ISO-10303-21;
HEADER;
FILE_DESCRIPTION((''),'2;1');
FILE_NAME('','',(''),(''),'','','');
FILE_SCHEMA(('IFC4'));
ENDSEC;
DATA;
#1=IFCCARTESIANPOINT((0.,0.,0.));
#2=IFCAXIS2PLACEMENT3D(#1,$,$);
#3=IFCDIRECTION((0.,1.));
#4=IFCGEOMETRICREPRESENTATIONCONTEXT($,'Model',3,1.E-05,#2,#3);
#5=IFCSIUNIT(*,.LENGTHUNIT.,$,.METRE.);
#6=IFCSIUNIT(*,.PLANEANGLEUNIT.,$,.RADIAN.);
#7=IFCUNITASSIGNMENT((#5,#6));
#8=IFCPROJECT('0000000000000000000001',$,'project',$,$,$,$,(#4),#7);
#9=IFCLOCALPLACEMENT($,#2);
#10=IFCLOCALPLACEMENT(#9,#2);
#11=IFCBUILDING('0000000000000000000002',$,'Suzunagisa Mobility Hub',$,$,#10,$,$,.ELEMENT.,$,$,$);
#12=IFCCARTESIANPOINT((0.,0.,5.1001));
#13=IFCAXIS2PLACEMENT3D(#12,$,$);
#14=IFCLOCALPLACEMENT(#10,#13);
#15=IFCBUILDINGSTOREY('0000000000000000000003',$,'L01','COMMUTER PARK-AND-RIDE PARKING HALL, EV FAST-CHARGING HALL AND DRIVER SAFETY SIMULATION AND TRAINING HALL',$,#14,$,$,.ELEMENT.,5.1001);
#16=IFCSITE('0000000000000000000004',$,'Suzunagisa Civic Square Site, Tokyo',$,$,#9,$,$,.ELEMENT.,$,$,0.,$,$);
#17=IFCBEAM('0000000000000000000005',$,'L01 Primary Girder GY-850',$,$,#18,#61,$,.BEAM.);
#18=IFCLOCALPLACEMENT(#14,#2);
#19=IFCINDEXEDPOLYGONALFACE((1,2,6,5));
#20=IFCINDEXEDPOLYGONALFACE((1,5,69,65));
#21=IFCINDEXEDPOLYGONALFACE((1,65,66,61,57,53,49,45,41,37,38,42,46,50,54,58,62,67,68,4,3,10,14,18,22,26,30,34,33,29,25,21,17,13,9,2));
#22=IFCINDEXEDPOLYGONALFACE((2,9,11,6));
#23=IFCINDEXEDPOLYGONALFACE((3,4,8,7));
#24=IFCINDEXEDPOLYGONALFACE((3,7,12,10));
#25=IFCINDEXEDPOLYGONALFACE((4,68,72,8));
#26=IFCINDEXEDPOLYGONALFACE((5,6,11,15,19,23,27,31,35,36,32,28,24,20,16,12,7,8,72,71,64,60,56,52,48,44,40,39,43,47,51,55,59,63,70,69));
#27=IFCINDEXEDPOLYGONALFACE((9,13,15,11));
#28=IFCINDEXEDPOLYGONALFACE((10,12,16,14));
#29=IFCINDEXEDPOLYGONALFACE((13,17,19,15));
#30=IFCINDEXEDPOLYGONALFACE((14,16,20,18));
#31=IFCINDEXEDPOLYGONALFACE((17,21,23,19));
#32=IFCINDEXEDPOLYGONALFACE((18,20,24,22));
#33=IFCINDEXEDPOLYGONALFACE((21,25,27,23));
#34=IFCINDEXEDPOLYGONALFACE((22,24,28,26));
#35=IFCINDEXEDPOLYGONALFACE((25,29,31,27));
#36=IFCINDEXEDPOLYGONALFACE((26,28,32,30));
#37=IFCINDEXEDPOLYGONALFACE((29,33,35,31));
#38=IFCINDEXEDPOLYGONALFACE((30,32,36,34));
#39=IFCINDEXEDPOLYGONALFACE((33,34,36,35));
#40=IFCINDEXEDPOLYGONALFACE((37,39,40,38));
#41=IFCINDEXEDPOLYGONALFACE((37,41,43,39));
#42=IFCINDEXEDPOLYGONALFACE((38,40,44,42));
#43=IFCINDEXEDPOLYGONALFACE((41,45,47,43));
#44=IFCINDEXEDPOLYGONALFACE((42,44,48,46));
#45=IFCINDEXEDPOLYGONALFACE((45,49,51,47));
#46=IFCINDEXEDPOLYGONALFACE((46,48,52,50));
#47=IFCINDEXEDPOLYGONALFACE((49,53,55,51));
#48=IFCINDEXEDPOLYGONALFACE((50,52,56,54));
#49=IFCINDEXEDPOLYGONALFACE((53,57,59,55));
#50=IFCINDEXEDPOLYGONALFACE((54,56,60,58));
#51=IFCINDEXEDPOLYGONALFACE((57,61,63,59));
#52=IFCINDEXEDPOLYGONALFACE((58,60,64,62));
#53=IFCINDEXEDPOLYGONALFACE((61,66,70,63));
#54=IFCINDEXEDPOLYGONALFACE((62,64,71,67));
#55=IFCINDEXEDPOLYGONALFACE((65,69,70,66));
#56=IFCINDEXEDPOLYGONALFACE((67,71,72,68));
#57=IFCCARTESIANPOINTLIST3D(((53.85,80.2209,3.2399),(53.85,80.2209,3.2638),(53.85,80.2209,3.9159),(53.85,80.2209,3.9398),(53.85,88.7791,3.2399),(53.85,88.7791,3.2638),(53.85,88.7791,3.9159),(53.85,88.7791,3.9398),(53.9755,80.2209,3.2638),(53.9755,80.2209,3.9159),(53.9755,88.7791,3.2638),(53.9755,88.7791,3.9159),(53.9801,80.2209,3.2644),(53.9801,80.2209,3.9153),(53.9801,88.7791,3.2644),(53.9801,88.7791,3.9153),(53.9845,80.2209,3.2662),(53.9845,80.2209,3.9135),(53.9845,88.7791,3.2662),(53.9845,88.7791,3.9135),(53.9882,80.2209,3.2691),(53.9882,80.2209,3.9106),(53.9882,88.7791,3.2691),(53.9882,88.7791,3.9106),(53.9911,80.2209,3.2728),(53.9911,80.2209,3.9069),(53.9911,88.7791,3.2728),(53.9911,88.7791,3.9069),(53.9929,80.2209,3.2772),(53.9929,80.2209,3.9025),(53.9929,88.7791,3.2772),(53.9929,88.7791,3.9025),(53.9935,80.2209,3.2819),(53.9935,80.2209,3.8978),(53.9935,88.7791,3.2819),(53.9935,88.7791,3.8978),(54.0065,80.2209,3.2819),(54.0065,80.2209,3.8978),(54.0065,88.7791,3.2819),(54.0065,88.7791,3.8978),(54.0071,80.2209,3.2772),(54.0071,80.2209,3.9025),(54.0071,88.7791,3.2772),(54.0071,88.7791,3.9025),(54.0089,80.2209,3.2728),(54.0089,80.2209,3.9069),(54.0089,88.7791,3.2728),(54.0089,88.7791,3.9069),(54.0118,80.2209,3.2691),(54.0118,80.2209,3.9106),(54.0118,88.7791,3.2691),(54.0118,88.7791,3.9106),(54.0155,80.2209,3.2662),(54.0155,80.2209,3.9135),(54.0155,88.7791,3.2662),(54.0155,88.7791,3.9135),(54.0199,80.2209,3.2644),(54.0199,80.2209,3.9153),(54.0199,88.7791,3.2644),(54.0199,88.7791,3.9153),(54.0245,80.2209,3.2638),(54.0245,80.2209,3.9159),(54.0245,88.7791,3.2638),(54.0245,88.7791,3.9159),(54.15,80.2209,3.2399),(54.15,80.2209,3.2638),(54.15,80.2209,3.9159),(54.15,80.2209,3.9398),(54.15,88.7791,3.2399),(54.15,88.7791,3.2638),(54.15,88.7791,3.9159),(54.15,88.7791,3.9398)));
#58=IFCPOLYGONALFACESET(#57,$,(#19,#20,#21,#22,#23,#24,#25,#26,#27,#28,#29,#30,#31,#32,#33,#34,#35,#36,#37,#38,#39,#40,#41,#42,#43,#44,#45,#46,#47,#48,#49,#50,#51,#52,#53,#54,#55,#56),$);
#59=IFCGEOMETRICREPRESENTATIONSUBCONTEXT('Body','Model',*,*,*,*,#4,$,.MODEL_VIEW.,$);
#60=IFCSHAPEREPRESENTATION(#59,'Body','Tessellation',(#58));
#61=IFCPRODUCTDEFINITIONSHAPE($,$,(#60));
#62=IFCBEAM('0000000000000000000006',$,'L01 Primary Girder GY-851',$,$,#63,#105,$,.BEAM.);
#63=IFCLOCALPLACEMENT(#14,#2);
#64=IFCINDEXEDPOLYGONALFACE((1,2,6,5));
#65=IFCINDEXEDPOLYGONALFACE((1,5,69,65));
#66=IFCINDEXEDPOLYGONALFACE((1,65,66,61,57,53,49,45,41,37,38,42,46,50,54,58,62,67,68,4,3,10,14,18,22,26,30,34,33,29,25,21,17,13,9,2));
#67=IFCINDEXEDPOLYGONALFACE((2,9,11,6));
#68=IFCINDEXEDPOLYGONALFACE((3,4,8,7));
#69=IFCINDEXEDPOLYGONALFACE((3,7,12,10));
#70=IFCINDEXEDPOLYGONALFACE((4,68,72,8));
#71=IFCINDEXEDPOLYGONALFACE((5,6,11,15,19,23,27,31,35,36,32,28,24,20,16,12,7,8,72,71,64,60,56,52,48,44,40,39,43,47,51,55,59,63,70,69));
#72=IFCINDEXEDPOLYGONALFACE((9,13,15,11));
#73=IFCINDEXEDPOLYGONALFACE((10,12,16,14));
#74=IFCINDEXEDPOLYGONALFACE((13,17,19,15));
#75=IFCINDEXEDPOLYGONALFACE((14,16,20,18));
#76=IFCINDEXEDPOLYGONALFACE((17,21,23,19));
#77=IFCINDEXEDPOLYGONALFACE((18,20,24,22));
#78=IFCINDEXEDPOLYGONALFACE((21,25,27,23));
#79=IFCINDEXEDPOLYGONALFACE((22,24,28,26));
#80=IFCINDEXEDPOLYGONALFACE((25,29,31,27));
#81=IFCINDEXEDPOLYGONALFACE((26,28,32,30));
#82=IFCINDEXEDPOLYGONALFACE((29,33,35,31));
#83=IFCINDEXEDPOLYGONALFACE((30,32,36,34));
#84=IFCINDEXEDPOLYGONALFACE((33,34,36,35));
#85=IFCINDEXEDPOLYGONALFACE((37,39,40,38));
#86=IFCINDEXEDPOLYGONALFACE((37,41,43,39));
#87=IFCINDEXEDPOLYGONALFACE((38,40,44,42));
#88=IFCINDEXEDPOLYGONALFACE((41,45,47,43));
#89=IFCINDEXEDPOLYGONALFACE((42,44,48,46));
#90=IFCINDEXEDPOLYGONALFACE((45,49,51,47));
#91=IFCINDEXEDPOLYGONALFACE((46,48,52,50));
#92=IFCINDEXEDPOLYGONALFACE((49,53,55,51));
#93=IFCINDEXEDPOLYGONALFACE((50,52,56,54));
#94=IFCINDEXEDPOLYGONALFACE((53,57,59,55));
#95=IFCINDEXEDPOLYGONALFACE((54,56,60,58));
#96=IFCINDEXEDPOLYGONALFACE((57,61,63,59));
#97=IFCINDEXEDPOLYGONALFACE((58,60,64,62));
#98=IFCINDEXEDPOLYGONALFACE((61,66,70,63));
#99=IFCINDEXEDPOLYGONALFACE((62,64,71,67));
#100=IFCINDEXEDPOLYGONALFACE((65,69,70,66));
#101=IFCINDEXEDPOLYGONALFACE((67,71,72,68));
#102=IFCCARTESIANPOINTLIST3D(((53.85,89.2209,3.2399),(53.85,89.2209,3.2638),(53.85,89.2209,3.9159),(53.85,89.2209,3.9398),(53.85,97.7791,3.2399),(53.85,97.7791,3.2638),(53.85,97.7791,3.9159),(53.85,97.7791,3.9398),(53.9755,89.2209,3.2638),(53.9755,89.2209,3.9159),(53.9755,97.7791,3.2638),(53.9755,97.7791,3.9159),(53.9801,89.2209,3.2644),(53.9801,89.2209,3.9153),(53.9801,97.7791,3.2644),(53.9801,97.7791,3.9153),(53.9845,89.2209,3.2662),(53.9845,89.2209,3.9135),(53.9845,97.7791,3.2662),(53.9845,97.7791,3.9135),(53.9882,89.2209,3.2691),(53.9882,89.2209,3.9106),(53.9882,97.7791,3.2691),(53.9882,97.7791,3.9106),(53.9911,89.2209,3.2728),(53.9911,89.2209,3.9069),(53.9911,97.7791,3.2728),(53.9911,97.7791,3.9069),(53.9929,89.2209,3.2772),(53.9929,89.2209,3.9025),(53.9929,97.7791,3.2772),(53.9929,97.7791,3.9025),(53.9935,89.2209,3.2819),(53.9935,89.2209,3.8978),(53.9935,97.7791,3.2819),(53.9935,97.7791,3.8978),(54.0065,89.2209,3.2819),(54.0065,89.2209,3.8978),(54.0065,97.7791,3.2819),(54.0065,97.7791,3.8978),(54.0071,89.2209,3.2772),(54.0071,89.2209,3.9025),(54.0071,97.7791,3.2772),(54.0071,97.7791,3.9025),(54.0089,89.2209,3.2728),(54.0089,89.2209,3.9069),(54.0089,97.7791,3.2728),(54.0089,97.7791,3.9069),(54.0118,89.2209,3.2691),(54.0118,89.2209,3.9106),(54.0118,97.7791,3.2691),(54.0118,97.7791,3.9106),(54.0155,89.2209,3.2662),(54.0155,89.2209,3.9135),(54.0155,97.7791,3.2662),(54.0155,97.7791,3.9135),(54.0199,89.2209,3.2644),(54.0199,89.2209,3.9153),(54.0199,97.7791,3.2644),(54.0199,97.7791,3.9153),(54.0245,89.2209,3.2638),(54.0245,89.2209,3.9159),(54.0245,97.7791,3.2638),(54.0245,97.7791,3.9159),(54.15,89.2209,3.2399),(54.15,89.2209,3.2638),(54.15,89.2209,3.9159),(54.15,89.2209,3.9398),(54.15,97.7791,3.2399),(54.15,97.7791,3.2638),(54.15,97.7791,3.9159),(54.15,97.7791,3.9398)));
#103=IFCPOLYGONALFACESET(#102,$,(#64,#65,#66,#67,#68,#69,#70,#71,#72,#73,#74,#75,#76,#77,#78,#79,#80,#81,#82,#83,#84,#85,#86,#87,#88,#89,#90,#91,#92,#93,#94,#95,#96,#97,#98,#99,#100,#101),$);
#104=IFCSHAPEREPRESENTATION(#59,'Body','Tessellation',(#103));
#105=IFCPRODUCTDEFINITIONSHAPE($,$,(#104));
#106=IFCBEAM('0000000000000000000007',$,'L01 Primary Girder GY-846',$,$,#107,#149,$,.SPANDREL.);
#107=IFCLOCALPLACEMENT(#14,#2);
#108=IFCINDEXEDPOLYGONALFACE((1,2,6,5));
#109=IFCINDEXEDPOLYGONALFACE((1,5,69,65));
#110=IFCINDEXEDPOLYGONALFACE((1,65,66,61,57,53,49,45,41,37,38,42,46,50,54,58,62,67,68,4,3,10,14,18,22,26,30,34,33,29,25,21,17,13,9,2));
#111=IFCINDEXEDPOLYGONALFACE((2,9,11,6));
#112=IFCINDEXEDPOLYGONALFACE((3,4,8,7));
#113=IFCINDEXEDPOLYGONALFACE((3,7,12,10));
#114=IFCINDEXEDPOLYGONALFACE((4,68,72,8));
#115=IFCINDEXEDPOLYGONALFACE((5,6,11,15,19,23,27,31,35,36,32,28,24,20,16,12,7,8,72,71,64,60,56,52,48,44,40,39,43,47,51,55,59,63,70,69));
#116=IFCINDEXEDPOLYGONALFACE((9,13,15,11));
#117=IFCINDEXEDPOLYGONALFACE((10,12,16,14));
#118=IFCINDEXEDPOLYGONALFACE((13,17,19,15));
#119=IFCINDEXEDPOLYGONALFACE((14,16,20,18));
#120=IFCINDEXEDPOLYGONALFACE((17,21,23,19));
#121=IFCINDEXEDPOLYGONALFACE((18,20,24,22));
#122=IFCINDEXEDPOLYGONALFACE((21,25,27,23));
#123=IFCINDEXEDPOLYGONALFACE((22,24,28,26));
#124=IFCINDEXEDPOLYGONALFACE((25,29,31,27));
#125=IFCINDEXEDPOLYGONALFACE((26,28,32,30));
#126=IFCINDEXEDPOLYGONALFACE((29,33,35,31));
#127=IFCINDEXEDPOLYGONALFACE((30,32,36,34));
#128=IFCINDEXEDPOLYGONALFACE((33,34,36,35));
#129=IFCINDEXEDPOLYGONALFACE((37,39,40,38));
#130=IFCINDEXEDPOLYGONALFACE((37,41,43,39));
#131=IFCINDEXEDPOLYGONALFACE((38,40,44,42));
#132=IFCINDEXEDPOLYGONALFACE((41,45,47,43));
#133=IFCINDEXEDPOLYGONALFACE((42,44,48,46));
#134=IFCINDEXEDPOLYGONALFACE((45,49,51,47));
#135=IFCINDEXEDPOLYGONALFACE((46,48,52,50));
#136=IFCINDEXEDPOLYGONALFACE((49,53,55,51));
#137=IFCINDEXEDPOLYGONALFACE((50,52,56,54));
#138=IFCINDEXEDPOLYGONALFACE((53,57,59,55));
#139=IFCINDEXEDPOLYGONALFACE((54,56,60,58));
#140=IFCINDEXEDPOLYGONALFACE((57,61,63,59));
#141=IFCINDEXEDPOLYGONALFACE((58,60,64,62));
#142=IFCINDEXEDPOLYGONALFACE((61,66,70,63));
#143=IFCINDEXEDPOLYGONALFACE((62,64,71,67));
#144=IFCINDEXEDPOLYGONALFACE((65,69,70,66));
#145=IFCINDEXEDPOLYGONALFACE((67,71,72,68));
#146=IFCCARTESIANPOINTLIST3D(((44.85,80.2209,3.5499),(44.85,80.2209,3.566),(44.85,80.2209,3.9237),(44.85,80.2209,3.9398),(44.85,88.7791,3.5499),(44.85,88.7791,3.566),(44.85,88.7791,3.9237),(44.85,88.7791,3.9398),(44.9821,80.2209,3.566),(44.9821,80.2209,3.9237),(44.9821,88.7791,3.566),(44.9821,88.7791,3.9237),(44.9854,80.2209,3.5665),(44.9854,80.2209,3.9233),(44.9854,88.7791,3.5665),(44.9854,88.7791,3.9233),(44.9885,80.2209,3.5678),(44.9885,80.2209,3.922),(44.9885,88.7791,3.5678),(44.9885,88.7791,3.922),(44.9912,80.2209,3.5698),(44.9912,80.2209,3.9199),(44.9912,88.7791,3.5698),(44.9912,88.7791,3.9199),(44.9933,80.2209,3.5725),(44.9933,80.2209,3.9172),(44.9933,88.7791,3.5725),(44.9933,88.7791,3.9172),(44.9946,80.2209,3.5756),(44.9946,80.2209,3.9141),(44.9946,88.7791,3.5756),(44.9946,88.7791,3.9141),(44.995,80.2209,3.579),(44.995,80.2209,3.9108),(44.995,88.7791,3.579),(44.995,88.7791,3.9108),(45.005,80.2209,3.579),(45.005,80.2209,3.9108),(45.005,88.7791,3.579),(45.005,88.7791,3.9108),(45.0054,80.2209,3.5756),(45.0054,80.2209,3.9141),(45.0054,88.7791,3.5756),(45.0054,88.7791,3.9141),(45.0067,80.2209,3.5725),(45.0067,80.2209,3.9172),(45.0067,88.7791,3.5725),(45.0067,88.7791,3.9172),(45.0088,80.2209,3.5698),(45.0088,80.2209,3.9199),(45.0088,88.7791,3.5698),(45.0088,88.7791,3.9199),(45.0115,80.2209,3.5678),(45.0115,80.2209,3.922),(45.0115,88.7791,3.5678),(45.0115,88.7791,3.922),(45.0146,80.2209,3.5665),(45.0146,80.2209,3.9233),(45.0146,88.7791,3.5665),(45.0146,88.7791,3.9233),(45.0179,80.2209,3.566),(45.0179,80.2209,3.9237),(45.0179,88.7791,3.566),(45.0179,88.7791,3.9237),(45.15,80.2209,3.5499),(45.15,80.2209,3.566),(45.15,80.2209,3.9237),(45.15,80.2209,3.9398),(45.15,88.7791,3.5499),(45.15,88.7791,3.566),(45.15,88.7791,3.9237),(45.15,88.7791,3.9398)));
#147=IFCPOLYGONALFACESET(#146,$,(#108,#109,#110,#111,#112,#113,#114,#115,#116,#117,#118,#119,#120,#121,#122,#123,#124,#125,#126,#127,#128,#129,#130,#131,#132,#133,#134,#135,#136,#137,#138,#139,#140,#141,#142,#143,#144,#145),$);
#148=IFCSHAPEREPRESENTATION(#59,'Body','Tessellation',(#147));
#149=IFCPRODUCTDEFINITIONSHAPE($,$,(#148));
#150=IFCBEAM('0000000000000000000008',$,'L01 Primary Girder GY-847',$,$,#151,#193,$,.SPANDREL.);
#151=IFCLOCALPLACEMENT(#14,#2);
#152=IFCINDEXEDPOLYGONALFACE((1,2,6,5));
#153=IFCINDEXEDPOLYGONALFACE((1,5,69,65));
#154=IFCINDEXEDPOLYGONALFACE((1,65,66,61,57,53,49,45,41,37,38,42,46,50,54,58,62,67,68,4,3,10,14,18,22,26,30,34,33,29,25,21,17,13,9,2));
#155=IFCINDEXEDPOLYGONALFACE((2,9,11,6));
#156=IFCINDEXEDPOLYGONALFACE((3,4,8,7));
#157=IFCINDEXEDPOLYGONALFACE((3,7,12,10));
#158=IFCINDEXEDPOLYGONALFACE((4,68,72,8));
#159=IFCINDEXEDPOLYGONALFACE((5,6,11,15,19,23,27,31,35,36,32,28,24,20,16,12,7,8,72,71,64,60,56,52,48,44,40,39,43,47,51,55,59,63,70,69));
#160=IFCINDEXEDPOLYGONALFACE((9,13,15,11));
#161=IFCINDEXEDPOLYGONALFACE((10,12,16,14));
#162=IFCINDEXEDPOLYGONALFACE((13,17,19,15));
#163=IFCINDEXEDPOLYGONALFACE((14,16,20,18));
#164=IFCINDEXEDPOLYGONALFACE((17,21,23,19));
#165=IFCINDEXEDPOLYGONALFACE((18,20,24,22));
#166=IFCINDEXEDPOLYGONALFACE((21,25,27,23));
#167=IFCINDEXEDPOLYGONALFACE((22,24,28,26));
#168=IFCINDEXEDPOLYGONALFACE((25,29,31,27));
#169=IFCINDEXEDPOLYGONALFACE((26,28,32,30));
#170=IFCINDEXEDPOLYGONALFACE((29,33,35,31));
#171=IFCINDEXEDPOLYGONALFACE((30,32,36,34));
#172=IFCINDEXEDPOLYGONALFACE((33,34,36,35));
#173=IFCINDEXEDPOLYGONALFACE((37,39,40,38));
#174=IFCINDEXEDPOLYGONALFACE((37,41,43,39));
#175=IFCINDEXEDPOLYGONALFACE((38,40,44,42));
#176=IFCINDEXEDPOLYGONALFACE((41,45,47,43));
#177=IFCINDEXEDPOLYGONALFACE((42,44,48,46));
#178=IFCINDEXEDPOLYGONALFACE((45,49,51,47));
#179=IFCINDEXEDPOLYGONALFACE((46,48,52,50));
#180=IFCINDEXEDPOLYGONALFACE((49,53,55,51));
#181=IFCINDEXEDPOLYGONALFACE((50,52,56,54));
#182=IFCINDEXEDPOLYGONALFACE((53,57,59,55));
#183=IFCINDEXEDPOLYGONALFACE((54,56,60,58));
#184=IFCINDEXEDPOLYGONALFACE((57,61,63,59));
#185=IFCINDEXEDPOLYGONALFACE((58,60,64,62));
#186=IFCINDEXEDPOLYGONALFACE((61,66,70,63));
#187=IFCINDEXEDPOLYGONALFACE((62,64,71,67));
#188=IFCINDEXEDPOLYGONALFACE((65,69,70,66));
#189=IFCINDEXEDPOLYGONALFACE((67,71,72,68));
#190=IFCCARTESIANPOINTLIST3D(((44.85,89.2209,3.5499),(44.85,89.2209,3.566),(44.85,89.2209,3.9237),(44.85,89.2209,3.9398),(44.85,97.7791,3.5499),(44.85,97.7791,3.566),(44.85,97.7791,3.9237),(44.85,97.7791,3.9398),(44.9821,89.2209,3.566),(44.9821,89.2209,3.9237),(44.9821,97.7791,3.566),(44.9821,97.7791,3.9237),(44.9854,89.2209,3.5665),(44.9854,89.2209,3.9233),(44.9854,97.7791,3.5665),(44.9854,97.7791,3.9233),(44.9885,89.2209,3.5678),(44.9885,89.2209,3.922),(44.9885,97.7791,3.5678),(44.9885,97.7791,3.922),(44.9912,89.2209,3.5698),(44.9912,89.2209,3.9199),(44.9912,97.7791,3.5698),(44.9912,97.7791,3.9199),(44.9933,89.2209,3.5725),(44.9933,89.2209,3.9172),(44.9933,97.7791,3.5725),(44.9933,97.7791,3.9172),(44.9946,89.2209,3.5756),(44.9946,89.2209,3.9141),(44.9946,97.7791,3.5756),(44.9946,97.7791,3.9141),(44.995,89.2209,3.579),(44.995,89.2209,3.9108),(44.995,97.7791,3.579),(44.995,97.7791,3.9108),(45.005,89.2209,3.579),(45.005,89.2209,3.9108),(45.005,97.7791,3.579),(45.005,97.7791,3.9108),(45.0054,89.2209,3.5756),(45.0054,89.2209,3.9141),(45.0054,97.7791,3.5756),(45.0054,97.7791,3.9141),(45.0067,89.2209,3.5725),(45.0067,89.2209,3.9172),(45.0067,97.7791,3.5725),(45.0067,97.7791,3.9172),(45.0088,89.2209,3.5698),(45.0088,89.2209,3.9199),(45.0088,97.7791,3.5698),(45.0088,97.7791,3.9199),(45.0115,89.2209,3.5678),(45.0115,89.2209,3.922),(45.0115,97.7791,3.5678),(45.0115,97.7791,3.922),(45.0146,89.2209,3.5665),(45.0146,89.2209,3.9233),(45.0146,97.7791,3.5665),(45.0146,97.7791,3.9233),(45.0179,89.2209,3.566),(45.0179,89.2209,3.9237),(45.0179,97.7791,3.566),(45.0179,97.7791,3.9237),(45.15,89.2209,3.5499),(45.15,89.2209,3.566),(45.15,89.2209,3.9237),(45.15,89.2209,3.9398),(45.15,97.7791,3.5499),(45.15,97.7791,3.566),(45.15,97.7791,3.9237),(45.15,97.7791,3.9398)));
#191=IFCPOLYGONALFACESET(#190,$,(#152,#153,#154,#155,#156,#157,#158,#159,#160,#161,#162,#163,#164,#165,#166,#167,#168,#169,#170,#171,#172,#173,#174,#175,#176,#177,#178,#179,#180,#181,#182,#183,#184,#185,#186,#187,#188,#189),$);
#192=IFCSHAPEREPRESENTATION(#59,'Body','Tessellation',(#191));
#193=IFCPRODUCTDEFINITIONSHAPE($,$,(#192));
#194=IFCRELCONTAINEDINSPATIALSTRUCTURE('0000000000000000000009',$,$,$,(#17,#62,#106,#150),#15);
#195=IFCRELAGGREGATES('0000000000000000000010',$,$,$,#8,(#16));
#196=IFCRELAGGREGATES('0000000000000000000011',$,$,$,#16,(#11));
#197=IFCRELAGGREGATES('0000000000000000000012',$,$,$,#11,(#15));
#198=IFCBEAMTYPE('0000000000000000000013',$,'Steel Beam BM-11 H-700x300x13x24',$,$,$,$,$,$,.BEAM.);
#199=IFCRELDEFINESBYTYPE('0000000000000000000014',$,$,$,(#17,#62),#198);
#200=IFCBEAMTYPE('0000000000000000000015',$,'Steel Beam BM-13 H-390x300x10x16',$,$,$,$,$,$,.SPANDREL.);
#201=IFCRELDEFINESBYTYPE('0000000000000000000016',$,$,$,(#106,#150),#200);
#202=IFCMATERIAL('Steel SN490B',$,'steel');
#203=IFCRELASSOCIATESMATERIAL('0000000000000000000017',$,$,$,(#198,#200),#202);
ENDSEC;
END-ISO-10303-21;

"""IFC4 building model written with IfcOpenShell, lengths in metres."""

from ifc_helpers import new_model, si_unit, direction, frame, origin, origin_2d, place, context, subcontext, project, spatial, i_section, extrude, material, material_profile, profile_set, type_object, element, save


model = new_model("IFC4")

# Units and contexts
model_context = context("Model", 3, precision=1e-05, world=origin(), true_north=direction((0.0, 1.0)))
body_context = subcontext(model_context, "Body", "Model", "MODEL_VIEW")
ifc_project = project(units=[si_unit("LENGTHUNIT", "METRE"), si_unit("PLANEANGLEUNIT", "RADIAN")], contexts=[model_context])

# Site, building, storey
site_placement = place(None, origin())
site = spatial("IfcSite", under=ifc_project, at=site_placement, Name="Suzunagisa Civic Square Site, Tokyo", CompositionType="ELEMENT", RefElevation=0.0)
building_placement = place(site_placement, origin())
building = spatial("IfcBuilding", under=site, at=building_placement, Name="Suzunagisa Mobility Hub", CompositionType="ELEMENT")
storey_placement = place(building_placement, frame((0.0, 0.0, 5.1001)))
storey = spatial("IfcBuildingStorey", under=building, at=storey_placement, Name="L01", Description="COMMUTER PARK-AND-RIDE PARKING HALL, EV FAST-CHARGING HALL AND DRIVER SAFETY SIMULATION AND TRAINING HALL", CompositionType="ELEMENT", Elevation=5.1001)

# Shared definitions
ifc_material_1 = material(Name="Steel SN490B", Category="steel")

# Beams
ifc_material_profile_1 = material_profile(ifc_material_1, i_section(OverallWidth=0.3, OverallDepth=0.7, WebThickness=0.0129, FlangeThickness=0.0239, FilletRadius=0.0181, at=origin_2d()), Name="H-700x300x13x24")
ifc_profile_set_1 = profile_set([ifc_material_profile_1], Name="Steel SN490B")
beam_type_1 = type_object("IfcBeamType", Name="Steel Beam BM-11 H-700x300x13x24", PredefinedType="BEAM", material=ifc_profile_set_1)
for number, where, z_axis, x_axis, name in (
    (1, (54.0, 80.2209, 3.5898), (0.0, 1.0, 0.0), (-1.0, 0.0, 0.0), "L01 Primary Girder GY-850"),
    (2, (54.0, 89.2209, 3.5898), (0.0, 1.0, 0.0), (-1.0, 0.0, 0.0), "L01 Primary Girder GY-851"),
):
    element("IfcBeam", number, at=place(storey_placement, frame(where, z_axis=z_axis, x_axis=x_axis)), inside=storey, type_object=beam_type_1, Name=name, PredefinedType="BEAM", context=body_context, shape_type="SweptSolid", body=[
        extrude(i_section(OverallWidth=0.3, OverallDepth=0.7, WebThickness=0.0129, FlangeThickness=0.0239, FilletRadius=0.0181, at=origin_2d()), origin(), (0.0, 0.0, 1.0), 8.5581),
    ])
ifc_material_profile_2 = material_profile(ifc_material_1, i_section(OverallWidth=0.3, OverallDepth=0.3899, WebThickness=0.01, FlangeThickness=0.0161, FilletRadius=0.0129, at=origin_2d()), Name="H-390x300x10x16")
ifc_profile_set_2 = profile_set([ifc_material_profile_2], Name="Steel SN490B")
beam_type_2 = type_object("IfcBeamType", Name="Steel Beam BM-13 H-390x300x10x16", PredefinedType="SPANDREL", material=ifc_profile_set_2)
for number, where, z_axis, x_axis, name in (
    (3, (45.0, 80.2209, 3.7449), (0.0, 1.0, 0.0), (-1.0, 0.0, 0.0), "L01 Primary Girder GY-846"),
    (4, (45.0, 89.2209, 3.7449), (0.0, 1.0, 0.0), (-1.0, 0.0, 0.0), "L01 Primary Girder GY-847"),
):
    element("IfcBeam", number, at=place(storey_placement, frame(where, z_axis=z_axis, x_axis=x_axis)), inside=storey, type_object=beam_type_2, Name=name, PredefinedType="SPANDREL", context=body_context, shape_type="SweptSolid", body=[
        extrude(i_section(OverallWidth=0.3, OverallDepth=0.3899, WebThickness=0.01, FlangeThickness=0.0161, FilletRadius=0.0129, at=origin_2d()), origin(), (0.0, 0.0, 1.0), 8.5581),
    ])

save(model, "model.ifc")
